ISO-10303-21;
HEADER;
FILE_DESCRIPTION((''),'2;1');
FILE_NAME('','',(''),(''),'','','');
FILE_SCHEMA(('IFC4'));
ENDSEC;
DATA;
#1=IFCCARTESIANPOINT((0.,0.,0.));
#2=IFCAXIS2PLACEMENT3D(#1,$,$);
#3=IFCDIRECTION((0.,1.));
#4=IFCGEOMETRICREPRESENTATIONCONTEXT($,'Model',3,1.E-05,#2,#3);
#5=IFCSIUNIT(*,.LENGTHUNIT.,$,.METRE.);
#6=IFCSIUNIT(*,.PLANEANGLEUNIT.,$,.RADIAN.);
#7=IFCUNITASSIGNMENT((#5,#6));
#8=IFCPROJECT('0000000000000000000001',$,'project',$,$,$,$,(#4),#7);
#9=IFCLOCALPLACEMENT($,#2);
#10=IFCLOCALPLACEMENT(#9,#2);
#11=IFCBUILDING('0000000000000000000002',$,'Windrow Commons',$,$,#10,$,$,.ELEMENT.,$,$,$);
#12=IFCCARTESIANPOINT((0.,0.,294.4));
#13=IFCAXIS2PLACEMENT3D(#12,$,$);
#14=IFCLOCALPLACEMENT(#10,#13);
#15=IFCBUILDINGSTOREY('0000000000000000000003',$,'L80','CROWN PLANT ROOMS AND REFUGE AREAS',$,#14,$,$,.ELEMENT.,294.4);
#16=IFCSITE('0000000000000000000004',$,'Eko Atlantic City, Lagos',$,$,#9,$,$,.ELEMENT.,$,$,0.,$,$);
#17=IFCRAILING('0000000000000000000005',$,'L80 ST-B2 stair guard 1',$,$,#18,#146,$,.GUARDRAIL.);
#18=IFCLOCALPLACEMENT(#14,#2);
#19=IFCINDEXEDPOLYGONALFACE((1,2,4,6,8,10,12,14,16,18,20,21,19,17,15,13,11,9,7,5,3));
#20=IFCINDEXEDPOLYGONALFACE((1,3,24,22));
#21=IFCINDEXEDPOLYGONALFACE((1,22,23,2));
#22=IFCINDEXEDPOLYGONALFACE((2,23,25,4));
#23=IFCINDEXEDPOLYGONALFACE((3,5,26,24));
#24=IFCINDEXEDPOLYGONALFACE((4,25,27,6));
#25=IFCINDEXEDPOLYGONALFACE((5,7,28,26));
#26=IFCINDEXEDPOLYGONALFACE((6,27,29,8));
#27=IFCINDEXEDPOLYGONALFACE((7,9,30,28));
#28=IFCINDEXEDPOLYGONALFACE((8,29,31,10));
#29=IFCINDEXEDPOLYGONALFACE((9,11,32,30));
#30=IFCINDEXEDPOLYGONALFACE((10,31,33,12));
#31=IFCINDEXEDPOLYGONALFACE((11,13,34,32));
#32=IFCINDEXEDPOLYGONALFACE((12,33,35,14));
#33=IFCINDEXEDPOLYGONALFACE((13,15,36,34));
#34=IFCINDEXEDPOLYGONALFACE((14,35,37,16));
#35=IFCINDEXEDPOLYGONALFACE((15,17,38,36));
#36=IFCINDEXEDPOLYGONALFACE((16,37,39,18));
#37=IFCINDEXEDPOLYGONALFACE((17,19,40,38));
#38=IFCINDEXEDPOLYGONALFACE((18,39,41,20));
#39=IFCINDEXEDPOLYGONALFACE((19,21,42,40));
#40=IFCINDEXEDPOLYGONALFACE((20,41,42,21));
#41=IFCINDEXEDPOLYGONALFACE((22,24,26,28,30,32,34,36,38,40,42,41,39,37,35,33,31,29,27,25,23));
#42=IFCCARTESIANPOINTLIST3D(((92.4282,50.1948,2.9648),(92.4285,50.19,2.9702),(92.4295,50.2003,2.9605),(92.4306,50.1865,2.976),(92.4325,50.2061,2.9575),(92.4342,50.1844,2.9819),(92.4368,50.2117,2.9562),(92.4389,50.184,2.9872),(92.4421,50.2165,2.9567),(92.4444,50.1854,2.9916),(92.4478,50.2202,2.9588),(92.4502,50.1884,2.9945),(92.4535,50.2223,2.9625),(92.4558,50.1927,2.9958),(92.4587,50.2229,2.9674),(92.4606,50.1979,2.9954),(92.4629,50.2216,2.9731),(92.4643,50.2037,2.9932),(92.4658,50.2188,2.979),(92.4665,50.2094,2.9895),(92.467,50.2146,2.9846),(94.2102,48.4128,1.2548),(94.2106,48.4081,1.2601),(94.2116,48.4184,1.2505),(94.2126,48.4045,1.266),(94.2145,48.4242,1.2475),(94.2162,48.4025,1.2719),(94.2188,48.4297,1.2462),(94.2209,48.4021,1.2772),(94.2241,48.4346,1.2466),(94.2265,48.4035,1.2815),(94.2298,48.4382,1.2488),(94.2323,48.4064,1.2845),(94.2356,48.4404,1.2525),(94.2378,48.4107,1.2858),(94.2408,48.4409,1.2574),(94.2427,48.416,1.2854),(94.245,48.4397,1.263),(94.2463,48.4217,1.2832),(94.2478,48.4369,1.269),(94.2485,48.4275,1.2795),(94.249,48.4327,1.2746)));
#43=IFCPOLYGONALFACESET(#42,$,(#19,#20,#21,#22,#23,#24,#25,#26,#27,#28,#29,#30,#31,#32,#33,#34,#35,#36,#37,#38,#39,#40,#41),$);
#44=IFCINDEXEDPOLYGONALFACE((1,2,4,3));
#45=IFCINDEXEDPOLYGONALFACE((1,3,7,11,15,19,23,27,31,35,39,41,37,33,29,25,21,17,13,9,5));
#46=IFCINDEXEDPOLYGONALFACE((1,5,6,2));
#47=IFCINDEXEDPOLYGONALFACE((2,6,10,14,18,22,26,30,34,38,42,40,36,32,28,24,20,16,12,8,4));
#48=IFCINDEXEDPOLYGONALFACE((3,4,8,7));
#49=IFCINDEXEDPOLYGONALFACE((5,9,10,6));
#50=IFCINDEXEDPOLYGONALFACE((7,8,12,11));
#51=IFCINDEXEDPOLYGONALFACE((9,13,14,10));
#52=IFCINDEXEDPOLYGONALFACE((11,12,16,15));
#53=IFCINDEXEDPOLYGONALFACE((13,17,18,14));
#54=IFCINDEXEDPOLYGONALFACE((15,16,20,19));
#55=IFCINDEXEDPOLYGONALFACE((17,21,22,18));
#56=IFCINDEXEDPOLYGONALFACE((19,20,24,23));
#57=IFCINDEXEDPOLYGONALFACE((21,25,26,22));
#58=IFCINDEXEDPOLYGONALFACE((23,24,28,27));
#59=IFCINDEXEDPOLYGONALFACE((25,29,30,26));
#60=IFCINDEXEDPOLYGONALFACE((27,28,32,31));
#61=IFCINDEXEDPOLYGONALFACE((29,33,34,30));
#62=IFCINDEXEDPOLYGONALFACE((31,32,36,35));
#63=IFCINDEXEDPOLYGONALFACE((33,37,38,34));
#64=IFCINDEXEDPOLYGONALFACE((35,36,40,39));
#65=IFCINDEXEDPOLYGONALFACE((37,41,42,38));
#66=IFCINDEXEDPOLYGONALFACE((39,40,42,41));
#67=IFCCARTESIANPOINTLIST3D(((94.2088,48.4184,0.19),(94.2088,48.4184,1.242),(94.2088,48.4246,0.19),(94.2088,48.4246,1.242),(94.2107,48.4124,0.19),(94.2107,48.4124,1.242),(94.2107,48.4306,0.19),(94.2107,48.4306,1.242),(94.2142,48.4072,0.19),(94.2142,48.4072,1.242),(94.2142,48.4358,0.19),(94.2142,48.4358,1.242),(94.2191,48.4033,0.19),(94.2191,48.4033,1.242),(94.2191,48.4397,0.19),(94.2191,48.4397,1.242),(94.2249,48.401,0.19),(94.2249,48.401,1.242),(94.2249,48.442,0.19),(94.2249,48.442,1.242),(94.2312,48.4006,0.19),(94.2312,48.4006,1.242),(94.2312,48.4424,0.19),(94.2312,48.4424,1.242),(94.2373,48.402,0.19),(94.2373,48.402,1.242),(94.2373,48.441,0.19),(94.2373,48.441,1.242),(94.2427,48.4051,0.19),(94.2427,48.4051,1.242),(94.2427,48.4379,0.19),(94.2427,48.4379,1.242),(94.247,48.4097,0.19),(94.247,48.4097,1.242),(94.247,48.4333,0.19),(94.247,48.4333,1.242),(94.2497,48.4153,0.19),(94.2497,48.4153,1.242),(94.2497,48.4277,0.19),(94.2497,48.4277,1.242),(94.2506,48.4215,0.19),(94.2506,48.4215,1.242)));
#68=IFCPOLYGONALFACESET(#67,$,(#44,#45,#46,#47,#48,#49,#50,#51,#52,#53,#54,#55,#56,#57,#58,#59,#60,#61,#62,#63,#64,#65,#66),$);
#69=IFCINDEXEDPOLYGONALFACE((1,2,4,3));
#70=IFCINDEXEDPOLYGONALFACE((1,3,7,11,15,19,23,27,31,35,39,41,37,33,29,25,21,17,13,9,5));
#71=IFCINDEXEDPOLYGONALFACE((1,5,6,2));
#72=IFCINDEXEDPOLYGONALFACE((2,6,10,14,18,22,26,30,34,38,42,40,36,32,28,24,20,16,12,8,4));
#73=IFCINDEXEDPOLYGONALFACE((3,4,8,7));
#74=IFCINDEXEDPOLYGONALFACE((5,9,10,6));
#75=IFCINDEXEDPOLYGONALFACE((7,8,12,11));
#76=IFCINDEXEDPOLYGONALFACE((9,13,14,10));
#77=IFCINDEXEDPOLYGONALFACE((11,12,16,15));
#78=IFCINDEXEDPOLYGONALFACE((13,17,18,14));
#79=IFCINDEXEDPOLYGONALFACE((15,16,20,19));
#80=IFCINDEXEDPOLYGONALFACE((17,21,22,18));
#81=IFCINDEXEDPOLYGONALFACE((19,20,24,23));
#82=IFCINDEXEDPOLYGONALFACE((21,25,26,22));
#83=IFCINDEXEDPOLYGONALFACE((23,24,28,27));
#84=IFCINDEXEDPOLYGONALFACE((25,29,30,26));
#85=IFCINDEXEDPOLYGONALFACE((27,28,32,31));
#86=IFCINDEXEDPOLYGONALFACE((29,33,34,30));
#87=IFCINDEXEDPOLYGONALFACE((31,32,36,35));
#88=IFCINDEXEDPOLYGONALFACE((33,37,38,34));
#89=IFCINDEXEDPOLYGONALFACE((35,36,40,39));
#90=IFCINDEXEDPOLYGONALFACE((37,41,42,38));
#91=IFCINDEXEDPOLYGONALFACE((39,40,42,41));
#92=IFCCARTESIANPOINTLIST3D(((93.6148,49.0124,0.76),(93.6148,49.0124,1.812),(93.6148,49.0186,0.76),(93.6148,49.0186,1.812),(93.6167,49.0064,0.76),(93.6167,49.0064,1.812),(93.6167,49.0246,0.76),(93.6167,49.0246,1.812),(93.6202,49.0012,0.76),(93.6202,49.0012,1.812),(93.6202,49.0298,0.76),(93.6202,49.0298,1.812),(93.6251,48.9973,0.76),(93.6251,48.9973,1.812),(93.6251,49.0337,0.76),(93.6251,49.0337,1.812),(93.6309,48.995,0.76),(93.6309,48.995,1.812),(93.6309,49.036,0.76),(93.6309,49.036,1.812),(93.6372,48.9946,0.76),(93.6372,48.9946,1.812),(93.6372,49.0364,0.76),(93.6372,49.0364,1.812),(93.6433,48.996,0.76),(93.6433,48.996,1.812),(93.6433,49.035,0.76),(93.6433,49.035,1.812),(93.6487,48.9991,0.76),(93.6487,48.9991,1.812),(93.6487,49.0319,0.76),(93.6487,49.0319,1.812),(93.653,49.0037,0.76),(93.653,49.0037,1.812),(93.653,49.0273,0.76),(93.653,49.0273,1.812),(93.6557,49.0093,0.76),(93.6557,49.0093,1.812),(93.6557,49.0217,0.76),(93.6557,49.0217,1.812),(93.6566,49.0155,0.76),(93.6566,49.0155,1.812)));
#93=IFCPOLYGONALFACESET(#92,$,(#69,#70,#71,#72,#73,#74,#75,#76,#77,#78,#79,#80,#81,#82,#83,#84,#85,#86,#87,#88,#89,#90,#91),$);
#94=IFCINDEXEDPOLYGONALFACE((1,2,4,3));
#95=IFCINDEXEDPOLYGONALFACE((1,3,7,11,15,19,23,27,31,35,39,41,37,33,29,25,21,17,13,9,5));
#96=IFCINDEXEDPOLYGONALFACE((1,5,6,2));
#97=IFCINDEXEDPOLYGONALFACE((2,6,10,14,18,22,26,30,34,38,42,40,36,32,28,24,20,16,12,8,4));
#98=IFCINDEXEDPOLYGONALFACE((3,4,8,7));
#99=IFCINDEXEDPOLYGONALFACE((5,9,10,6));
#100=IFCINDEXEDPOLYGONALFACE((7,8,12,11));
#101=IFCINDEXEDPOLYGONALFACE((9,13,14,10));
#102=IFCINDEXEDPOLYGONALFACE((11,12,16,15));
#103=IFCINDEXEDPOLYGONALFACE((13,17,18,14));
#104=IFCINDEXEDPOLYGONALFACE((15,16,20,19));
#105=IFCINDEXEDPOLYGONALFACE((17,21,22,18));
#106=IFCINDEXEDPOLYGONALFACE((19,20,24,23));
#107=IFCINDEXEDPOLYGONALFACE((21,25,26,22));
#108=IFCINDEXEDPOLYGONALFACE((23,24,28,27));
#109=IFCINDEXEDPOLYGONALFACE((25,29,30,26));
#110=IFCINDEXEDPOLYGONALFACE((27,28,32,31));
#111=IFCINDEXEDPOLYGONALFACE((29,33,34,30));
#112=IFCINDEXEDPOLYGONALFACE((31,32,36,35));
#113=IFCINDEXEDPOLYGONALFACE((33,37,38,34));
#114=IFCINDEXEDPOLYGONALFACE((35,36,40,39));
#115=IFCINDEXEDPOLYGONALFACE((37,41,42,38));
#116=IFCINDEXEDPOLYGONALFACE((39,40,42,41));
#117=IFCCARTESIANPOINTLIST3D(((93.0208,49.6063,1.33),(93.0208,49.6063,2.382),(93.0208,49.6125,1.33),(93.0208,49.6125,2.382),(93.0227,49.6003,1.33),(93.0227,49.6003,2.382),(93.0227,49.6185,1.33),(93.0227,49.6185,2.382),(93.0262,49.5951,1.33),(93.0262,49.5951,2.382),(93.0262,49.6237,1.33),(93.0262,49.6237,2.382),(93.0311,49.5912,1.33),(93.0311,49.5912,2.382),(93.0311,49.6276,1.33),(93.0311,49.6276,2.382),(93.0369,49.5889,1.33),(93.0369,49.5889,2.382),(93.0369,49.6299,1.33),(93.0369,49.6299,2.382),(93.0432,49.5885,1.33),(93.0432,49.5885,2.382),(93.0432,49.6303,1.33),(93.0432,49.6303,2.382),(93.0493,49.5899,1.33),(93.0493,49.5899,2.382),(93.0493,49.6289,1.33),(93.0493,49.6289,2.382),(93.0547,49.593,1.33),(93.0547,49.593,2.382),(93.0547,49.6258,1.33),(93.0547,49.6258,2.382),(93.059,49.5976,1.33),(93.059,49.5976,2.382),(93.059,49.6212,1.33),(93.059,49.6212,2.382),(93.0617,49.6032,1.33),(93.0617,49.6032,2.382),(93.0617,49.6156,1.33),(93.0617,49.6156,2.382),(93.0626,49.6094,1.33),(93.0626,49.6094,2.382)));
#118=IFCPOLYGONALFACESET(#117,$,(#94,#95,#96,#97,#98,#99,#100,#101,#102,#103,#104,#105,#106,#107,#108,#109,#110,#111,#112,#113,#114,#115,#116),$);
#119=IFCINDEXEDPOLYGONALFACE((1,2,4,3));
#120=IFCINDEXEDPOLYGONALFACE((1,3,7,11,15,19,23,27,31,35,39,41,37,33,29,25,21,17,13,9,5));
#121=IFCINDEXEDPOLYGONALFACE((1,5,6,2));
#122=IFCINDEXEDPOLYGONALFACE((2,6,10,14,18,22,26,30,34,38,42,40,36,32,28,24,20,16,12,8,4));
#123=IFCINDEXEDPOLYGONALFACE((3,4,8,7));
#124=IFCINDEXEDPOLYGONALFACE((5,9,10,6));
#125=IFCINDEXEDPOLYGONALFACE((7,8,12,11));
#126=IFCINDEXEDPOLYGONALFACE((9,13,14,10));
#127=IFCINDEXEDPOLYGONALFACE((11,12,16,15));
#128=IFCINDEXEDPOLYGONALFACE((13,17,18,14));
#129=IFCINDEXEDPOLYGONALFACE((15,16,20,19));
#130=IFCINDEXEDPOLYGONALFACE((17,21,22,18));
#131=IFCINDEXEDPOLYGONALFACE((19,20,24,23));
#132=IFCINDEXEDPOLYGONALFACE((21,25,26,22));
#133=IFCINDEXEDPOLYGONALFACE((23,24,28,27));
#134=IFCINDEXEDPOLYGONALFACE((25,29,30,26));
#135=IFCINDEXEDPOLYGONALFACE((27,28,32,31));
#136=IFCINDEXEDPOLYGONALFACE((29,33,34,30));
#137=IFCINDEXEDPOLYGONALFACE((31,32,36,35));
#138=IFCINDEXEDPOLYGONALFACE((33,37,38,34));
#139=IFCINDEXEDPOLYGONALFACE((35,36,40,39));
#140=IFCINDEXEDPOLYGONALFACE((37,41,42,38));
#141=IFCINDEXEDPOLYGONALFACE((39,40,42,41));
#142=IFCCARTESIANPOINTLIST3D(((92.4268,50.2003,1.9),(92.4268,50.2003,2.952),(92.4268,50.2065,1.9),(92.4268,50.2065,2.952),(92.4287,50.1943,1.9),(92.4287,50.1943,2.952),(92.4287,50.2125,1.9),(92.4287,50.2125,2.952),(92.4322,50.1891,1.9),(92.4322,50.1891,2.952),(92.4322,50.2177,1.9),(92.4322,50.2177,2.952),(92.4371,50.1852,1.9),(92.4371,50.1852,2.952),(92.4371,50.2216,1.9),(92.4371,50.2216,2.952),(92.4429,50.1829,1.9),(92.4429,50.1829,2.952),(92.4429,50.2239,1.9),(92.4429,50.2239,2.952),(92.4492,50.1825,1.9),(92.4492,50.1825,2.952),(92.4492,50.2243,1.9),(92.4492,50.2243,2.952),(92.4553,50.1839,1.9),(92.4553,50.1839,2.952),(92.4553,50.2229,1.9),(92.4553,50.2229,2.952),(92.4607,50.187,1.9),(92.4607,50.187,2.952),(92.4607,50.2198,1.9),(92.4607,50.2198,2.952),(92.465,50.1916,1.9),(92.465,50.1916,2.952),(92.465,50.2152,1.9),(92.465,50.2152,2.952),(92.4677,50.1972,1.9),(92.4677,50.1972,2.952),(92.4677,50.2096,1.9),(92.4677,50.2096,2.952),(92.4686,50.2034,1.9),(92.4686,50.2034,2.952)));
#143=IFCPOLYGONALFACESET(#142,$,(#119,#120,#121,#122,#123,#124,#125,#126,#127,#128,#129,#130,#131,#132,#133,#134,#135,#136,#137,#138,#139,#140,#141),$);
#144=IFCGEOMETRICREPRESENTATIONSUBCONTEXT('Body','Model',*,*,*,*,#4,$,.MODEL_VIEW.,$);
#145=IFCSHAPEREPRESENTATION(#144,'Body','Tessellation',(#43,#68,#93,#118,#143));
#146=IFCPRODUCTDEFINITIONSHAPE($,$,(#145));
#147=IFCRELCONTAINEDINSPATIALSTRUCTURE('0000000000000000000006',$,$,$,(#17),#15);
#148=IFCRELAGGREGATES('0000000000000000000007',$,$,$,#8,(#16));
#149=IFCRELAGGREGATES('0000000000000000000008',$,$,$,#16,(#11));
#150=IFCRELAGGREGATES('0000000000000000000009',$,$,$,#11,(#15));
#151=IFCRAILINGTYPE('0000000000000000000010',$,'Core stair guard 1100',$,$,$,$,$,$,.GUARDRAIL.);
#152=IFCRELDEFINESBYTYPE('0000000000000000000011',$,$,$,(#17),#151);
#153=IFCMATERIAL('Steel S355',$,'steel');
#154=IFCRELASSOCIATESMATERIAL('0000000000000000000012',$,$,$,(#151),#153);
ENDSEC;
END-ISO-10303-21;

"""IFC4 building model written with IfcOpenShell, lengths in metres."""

from ifc_helpers import new_model, si_unit, direction, frame, origin, origin_2d, place, context, subcontext, project, spatial, circle, extrude, material, type_object, element, save


model = new_model("IFC4")

# Units and contexts
model_context = context("Model", 3, precision=1e-05, world=origin(), true_north=direction((0.0, 1.0)))
body_context = subcontext(model_context, "Body", "Model", "MODEL_VIEW")
ifc_project = project(units=[si_unit("LENGTHUNIT", "METRE"), si_unit("PLANEANGLEUNIT", "RADIAN")], contexts=[model_context])

# Site, building, storey
site_placement = place(None, origin())
site = spatial("IfcSite", under=ifc_project, at=site_placement, Name="Eko Atlantic City, Lagos", CompositionType="ELEMENT", RefElevation=0.0)
building_placement = place(site_placement, origin())
building = spatial("IfcBuilding", under=site, at=building_placement, Name="Windrow Commons", CompositionType="ELEMENT")
storey_placement = place(building_placement, frame((0.0, 0.0, 294.4)))
storey = spatial("IfcBuildingStorey", under=building, at=storey_placement, Name="L80", Description="CROWN PLANT ROOMS AND REFUGE AREAS", CompositionType="ELEMENT", Elevation=294.4)

# Railing
ifc_material_1 = material(Name="Steel S355", Category="steel")
railing_type_1 = type_object("IfcRailingType", Name="Core stair guard 1100", PredefinedType="GUARDRAIL", material=ifc_material_1)
railing_1_placement = place(storey_placement, frame((94.2296, 48.4215, 0.19)))
element("IfcRailing", 1, at=railing_1_placement, inside=storey, type_object=railing_type_1, Name="L80 ST-B2 stair guard 1", PredefinedType="GUARDRAIL", context=body_context, shape_type="SweptSolid", body=[
    extrude(circle(Radius=0.024, at=origin_2d()), frame((0.0, 0.0, 1.076), z_axis=(-0.585134, 0.585102, 0.561493), x_axis=(-0.707087, -0.707127, 0.0)), (0.0, 0.0, 1.0), 3.0455),
    extrude(circle(Radius=0.021, at=origin_2d()), origin(), (0.0, 0.0, 1.0), 1.052),
    extrude(circle(Radius=0.021, at=origin_2d()), frame((-0.594, 0.594, 0.57)), (0.0, 0.0, 1.0), 1.052),
    extrude(circle(Radius=0.021, at=origin_2d()), frame((-1.188, 1.1879, 1.14)), (0.0, 0.0, 1.0), 1.052),
    extrude(circle(Radius=0.021, at=origin_2d()), frame((-1.782, 1.7819, 1.71)), (0.0, 0.0, 1.0), 1.052),
])

save(model, "model.ifc")
